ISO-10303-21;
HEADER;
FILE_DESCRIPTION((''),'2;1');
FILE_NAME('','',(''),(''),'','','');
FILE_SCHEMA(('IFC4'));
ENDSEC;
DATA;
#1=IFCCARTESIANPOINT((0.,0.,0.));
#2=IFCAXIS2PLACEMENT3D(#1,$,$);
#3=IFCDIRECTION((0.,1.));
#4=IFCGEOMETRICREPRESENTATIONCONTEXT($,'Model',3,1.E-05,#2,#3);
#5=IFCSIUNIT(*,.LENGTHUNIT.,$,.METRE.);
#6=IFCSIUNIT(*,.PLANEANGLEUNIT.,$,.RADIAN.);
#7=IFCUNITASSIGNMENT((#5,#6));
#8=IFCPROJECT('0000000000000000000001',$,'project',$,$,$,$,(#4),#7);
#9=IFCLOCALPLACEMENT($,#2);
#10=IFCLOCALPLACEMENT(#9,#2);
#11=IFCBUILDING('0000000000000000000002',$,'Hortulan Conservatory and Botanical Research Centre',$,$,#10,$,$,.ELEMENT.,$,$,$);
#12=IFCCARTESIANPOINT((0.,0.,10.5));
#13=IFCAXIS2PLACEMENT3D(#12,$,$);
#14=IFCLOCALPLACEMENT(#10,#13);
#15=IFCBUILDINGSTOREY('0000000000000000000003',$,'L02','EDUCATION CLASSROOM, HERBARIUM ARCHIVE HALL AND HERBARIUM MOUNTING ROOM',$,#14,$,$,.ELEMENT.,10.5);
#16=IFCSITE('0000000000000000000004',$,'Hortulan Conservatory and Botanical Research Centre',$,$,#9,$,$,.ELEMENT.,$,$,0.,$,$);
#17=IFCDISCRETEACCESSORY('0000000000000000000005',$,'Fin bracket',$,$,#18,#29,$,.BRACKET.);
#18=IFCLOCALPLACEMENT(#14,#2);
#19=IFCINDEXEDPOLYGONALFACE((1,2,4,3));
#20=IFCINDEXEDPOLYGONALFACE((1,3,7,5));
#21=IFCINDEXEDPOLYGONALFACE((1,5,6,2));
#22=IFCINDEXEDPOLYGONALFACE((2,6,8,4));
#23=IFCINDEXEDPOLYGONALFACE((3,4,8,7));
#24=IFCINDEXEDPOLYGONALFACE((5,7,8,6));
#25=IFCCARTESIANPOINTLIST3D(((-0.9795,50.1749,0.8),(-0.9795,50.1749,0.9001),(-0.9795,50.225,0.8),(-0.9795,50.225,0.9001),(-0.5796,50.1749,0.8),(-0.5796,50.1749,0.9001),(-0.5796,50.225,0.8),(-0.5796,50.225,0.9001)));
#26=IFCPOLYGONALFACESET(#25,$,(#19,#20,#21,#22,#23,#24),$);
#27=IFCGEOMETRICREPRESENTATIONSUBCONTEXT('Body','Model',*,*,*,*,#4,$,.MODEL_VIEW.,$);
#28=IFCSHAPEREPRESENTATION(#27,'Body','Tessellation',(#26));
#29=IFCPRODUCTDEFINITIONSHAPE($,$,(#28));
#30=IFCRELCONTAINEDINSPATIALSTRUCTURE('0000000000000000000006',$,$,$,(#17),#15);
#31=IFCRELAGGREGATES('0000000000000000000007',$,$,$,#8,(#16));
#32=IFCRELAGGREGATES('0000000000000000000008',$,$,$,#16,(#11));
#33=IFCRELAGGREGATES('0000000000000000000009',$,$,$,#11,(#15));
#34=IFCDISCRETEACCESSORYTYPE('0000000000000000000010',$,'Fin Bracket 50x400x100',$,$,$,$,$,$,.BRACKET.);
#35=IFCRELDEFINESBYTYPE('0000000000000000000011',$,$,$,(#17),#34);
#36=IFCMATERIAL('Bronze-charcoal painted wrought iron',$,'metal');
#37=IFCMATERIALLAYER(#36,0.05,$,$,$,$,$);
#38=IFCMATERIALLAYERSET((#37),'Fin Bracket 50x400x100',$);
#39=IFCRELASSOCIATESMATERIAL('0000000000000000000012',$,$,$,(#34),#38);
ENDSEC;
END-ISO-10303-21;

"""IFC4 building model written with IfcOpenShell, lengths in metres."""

from ifc_helpers import new_model, si_unit, direction, frame, origin, origin_2d, place, context, subcontext, project, spatial, rectangle, extrude, material, layer, layer_set, type_object, element, save


model = new_model("IFC4")

# Units and contexts
model_context = context("Model", 3, precision=1e-05, world=origin(), true_north=direction((0.0, 1.0)))
body_context = subcontext(model_context, "Body", "Model", "MODEL_VIEW")
ifc_project = project(units=[si_unit("LENGTHUNIT", "METRE"), si_unit("PLANEANGLEUNIT", "RADIAN")], contexts=[model_context])

# Site, building, storey
site_placement = place(None, origin())
site = spatial("IfcSite", under=ifc_project, at=site_placement, Name="Hortulan Conservatory and Botanical Research Centre", CompositionType="ELEMENT", RefElevation=0.0)
building_placement = place(site_placement, origin())
building = spatial("IfcBuilding", under=site, at=building_placement, Name="Hortulan Conservatory and Botanical Research Centre", CompositionType="ELEMENT")
storey_placement = place(building_placement, frame((0.0, 0.0, 10.5)))
storey = spatial("IfcBuildingStorey", under=building, at=storey_placement, Name="L02", Description="EDUCATION CLASSROOM, HERBARIUM ARCHIVE HALL AND HERBARIUM MOUNTING ROOM", CompositionType="ELEMENT", Elevation=10.5)

# Discrete accessory
ifc_material_1 = material(Name="Bronze-charcoal painted wrought iron", Category="metal")
ifc_layer_1 = layer(ifc_material_1, 0.05)
ifc_layer_set_1 = layer_set([ifc_layer_1], Name="Fin Bracket 50x400x100")
discrete_accessory_type = type_object("IfcDiscreteAccessoryType", Name="Fin Bracket 50x400x100", PredefinedType="BRACKET", material=ifc_layer_set_1)
for number, where, z_axis, x_axis, name in (
    (1, (-0.7795, 50.2, 0.8), (0.0, 0.0, 1.0), (0.0, 1.0, 0.0), "Fin bracket"),
):
    element("IfcDiscreteAccessory", number, at=place(storey_placement, frame(where, z_axis=z_axis, x_axis=x_axis)), inside=storey, type_object=discrete_accessory_type, Name=name, PredefinedType="BRACKET", context=body_context, shape_type="SweptSolid", body=[
        extrude(rectangle(XDim=0.05, YDim=0.3999, at=origin_2d()), origin(), (0.0, 0.0, 1.0), 0.1001),
    ])

save(model, "model.ifc")
